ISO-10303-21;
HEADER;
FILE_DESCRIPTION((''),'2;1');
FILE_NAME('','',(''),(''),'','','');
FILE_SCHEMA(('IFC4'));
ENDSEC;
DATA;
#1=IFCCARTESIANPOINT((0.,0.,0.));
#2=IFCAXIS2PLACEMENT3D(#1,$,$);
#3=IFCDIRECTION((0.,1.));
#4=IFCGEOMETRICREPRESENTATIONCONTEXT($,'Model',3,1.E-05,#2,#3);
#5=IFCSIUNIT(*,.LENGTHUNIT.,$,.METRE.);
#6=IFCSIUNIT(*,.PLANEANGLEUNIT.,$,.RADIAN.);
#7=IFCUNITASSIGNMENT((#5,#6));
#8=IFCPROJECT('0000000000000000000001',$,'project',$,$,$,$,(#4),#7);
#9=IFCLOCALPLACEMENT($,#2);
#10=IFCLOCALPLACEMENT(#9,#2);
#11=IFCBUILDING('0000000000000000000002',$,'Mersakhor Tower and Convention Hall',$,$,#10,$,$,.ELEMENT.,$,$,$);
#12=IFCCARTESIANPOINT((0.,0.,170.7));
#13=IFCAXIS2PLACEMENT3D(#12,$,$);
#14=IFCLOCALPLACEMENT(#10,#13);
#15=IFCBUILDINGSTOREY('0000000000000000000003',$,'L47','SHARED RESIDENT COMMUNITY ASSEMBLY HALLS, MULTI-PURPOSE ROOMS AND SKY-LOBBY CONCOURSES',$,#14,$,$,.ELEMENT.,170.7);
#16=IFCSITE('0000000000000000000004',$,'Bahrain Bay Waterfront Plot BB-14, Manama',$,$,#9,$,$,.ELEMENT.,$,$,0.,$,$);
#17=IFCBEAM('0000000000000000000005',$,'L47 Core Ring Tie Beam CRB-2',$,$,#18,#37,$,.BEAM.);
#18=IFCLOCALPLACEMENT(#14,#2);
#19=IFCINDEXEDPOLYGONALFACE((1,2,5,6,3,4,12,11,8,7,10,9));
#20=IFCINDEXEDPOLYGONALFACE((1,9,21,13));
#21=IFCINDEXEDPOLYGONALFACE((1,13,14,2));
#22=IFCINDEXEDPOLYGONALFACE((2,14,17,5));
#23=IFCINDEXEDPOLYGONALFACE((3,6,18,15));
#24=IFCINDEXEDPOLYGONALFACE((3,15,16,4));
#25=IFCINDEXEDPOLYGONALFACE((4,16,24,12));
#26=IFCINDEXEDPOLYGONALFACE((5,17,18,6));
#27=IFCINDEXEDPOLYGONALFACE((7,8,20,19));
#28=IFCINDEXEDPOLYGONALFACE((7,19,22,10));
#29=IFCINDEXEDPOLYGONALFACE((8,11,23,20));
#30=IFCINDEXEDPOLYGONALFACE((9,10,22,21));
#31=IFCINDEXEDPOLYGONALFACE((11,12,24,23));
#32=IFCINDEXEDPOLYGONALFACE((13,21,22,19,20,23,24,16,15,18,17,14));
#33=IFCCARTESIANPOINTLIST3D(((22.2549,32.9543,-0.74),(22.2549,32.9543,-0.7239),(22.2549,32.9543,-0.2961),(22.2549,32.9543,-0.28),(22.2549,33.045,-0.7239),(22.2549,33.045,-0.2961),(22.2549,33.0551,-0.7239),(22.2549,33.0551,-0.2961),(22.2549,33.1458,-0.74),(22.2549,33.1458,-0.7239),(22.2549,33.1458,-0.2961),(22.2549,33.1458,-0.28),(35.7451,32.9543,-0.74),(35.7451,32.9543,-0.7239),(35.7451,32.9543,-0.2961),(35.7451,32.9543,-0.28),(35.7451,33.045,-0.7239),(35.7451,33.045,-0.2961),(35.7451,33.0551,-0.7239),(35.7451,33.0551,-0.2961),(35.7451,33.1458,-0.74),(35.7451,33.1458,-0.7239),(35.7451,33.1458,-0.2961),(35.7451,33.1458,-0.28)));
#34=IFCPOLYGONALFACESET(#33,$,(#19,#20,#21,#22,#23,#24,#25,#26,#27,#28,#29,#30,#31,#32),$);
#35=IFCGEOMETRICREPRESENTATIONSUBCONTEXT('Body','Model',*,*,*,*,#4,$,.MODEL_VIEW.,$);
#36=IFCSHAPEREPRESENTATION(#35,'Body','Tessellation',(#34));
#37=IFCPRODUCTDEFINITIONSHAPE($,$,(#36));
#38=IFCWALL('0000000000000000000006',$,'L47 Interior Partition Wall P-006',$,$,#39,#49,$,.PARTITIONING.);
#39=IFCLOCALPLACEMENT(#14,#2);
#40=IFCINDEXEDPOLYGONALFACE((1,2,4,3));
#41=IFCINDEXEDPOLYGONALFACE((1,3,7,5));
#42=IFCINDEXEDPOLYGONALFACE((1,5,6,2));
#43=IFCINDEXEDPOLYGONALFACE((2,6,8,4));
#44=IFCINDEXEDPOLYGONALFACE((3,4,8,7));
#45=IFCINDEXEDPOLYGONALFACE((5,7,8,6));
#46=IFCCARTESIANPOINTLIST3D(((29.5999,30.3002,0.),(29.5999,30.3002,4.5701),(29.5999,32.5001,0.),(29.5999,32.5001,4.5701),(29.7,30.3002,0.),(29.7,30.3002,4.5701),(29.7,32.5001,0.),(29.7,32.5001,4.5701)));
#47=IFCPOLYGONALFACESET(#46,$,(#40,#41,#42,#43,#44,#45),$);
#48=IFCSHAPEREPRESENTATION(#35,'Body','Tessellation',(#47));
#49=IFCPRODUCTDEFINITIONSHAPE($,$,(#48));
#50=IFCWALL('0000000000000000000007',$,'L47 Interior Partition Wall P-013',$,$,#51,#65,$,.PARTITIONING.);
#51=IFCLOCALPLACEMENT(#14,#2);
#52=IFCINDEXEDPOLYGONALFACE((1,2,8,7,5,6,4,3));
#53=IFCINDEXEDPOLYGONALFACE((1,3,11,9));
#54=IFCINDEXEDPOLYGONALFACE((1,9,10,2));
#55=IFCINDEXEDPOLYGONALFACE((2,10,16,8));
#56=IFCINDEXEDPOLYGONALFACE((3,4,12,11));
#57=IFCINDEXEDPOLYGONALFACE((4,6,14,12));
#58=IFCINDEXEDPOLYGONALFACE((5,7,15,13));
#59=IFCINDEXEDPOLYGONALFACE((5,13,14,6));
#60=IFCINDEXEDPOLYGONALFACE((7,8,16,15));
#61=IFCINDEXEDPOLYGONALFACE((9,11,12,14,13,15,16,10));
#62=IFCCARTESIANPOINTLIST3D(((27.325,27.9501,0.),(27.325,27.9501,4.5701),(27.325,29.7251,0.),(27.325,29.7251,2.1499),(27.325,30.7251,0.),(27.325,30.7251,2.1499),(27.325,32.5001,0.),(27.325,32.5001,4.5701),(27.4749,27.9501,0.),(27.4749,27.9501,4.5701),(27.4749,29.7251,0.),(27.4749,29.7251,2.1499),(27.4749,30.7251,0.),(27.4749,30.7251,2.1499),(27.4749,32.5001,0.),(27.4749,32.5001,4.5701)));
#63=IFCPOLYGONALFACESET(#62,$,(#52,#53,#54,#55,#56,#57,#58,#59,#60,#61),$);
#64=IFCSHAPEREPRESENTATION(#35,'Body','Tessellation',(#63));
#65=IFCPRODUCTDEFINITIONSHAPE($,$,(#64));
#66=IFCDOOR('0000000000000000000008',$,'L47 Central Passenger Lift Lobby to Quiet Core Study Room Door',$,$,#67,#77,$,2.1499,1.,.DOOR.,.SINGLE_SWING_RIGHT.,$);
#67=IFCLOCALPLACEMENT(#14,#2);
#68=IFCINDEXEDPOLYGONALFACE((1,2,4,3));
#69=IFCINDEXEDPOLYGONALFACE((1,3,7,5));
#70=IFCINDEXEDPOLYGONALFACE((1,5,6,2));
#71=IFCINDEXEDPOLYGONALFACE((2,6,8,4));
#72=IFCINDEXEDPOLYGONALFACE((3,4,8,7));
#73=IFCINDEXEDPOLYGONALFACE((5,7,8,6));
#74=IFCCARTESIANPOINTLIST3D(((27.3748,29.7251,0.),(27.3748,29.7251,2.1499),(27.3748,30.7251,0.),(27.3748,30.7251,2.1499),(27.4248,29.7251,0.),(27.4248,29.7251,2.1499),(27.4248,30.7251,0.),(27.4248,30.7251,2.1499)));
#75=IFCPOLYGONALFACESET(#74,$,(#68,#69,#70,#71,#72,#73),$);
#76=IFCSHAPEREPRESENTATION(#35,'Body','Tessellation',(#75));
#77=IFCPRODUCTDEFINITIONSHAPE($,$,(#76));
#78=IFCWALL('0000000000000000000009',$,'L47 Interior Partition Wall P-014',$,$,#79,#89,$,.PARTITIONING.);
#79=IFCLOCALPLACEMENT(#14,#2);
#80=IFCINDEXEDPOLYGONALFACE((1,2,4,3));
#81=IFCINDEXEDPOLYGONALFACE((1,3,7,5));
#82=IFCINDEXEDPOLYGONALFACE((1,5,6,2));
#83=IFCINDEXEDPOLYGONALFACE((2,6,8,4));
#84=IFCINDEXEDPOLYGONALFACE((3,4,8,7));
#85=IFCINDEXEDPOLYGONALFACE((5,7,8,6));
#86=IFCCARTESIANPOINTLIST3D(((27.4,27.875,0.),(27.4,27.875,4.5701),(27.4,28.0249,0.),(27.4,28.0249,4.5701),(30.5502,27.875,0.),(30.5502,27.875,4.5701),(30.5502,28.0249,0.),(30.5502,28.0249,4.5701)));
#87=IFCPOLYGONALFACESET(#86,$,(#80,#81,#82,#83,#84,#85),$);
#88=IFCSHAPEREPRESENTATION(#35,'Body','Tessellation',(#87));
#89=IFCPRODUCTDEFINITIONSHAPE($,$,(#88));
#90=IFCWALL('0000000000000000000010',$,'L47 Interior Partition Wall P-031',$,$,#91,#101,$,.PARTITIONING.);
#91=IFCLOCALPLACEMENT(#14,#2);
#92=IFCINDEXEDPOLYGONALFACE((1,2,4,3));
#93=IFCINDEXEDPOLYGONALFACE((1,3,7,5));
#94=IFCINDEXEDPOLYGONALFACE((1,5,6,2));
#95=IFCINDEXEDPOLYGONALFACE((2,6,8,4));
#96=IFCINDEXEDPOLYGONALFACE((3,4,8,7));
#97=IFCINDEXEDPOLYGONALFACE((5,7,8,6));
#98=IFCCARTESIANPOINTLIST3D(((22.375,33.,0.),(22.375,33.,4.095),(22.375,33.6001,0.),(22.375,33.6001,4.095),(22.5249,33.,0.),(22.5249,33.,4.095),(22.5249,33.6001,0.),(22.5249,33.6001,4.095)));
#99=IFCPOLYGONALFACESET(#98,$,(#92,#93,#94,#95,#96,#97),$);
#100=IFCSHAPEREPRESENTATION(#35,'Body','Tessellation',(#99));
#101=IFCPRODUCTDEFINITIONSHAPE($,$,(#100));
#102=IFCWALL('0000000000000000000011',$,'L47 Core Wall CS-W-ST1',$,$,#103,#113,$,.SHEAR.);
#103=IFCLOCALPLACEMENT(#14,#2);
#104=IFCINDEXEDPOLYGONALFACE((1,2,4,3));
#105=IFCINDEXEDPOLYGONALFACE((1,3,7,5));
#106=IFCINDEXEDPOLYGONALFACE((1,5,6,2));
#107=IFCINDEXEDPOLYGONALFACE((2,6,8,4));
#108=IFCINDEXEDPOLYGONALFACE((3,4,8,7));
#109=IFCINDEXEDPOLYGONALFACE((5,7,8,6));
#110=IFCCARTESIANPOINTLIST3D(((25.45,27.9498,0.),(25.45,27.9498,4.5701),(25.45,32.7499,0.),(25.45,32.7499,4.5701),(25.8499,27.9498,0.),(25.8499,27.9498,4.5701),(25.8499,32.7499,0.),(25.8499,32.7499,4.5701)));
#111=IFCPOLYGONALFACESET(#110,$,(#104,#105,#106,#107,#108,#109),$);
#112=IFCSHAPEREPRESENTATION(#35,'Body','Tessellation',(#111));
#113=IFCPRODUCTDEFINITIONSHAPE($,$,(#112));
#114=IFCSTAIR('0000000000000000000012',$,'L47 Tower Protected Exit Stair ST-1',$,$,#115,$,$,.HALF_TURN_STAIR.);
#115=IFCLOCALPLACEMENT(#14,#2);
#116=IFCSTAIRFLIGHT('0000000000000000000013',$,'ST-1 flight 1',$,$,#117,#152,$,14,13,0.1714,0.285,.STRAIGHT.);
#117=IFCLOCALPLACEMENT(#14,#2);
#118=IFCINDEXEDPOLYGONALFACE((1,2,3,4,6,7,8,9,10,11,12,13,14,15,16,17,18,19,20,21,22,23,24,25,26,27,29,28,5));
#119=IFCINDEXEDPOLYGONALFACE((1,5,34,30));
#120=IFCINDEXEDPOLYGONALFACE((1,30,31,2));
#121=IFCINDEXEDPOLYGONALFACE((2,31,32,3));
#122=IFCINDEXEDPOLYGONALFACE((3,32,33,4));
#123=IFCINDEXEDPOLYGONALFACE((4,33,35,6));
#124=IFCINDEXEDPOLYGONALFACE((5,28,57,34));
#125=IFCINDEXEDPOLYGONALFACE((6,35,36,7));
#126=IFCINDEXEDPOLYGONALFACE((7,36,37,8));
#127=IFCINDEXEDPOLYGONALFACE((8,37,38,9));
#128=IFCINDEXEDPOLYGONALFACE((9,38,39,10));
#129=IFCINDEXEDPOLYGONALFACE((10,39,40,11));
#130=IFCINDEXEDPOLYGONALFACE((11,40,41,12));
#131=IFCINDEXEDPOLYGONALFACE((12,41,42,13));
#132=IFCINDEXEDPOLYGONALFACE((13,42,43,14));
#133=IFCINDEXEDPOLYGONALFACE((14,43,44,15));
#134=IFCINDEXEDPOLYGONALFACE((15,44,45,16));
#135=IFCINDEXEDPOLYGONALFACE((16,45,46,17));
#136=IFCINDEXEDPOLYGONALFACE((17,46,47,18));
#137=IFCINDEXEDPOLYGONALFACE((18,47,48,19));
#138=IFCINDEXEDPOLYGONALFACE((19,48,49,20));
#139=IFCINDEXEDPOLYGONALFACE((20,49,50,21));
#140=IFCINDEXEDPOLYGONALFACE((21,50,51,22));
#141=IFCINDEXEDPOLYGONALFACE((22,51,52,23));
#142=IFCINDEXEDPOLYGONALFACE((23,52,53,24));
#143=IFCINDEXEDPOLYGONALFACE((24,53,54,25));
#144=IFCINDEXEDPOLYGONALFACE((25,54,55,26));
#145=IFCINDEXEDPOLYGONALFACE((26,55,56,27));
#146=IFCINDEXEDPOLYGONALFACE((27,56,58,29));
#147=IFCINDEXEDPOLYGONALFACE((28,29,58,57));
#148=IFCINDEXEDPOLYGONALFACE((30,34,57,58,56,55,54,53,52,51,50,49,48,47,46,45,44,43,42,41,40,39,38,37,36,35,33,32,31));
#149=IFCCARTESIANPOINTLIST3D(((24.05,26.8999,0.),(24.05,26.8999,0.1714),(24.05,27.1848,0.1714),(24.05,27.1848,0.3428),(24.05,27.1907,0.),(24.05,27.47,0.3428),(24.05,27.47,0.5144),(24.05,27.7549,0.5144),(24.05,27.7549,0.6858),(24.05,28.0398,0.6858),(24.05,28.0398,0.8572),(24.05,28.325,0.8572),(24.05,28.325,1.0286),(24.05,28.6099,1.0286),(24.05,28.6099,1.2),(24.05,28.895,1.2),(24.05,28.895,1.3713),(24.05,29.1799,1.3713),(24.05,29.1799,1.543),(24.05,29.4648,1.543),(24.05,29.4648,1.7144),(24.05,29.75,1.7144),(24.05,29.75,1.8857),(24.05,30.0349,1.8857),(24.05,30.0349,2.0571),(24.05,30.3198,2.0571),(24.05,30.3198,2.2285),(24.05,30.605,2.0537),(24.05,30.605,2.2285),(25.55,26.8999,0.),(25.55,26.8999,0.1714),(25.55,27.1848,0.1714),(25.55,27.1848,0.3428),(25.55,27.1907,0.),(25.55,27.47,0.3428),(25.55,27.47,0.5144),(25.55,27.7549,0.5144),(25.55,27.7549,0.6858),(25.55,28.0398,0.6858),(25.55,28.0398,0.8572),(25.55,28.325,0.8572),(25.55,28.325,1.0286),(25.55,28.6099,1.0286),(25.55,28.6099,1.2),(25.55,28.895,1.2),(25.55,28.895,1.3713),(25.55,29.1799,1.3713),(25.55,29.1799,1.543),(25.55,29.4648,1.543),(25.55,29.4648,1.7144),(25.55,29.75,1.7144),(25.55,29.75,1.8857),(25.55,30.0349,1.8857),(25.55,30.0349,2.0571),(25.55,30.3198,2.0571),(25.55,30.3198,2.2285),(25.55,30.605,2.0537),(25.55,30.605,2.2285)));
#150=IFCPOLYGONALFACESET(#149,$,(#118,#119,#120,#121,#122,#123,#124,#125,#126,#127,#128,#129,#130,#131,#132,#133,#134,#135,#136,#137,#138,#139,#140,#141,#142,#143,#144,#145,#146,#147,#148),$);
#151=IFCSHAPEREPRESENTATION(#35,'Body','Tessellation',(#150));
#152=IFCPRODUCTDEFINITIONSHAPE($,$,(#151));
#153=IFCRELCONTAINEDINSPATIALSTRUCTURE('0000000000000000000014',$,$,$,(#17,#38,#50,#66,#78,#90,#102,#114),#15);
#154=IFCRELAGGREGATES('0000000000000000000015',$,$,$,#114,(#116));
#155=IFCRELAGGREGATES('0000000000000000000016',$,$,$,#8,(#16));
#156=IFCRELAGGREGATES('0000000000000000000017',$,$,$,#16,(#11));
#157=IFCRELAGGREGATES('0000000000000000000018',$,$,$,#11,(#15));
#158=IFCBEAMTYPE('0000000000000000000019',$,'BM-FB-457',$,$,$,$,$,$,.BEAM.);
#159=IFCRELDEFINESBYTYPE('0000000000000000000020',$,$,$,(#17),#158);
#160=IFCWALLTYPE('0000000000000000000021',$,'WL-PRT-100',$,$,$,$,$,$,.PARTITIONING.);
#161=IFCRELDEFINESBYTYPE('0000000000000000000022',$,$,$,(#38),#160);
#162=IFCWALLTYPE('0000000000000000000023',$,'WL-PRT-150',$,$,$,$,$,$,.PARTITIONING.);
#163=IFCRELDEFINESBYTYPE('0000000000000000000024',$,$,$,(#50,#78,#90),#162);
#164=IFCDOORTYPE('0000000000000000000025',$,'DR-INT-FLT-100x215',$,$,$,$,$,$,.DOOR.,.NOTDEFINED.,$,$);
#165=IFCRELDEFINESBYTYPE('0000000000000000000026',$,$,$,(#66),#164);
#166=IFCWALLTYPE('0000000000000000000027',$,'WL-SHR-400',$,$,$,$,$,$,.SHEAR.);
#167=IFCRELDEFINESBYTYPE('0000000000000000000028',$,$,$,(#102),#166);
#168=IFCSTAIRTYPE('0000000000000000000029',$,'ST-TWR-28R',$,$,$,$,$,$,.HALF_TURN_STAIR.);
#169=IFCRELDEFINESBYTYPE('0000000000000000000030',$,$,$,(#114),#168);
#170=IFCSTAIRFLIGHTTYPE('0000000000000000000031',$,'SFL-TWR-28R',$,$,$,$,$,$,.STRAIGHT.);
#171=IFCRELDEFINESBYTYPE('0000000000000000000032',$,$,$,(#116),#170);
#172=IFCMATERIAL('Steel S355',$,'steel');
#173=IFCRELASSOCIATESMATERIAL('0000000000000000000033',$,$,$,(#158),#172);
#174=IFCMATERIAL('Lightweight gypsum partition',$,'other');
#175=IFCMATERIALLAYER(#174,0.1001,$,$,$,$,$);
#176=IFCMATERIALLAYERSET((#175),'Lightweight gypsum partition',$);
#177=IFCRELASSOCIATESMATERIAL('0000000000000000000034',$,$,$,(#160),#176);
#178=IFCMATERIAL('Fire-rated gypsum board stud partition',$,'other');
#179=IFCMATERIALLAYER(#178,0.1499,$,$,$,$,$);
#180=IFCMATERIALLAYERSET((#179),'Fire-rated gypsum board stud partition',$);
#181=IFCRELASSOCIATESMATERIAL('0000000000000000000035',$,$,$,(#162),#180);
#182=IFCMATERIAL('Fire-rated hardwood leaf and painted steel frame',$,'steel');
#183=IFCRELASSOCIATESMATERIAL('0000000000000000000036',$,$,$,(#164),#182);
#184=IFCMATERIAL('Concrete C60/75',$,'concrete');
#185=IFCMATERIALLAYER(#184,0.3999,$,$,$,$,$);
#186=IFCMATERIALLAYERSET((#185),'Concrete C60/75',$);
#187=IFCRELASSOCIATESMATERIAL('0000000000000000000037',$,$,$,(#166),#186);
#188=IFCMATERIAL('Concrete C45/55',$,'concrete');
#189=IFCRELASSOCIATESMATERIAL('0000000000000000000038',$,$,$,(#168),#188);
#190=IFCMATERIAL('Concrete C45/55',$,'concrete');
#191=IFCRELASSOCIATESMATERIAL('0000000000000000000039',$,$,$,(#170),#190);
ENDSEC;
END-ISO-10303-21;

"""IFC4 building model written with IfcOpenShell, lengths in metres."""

from ifc_helpers import new_model, si_unit, direction, frame, frame_2d, origin, origin_2d, place, context, subcontext, project, spatial, polyline, rectangle, i_section, outline, extrude, material, layer, layer_set, material_profile, profile_set, type_object, element, fill, aggregate, save


model = new_model("IFC4")

# Units and contexts
model_context = context("Model", 3, precision=1e-05, world=origin(), true_north=direction((0.0, 1.0)))
body_context = subcontext(model_context, "Body", "Model", "MODEL_VIEW")
ifc_project = project(units=[si_unit("LENGTHUNIT", "METRE"), si_unit("PLANEANGLEUNIT", "RADIAN")], contexts=[model_context])

# Site, building, storey
site_placement = place(None, origin())
site = spatial("IfcSite", under=ifc_project, at=site_placement, Name="Bahrain Bay Waterfront Plot BB-14, Manama", CompositionType="ELEMENT", RefElevation=0.0)
building_placement = place(site_placement, origin())
building = spatial("IfcBuilding", under=site, at=building_placement, Name="Mersakhor Tower and Convention Hall", CompositionType="ELEMENT")
storey_placement = place(building_placement, frame((0.0, 0.0, 170.7)))
storey = spatial("IfcBuildingStorey", under=building, at=storey_placement, Name="L47", Description="SHARED RESIDENT COMMUNITY ASSEMBLY HALLS, MULTI-PURPOSE ROOMS AND SKY-LOBBY CONCOURSES", CompositionType="ELEMENT", Elevation=170.7)

# Beam
ifc_material_1 = material(Name="Steel S355", Category="steel")
ifc_material_profile = material_profile(ifc_material_1, i_section(OverallWidth=0.1914, OverallDepth=0.46, WebThickness=0.01, FlangeThickness=0.0161, at=origin_2d()), Name="UB 457x191x82")
ifc_profile_set = profile_set([ifc_material_profile], Name="Steel S355")
beam_type = type_object("IfcBeamType", Name="BM-FB-457", PredefinedType="BEAM", material=ifc_profile_set)
beam_placement = place(storey_placement, frame((22.2549, 33.05, -0.51), z_axis=(1.0, 0.0, 0.0), x_axis=(0.0, 1.0, 0.0)))
element("IfcBeam", 1, at=beam_placement, inside=storey, type_object=beam_type, Name="L47 Core Ring Tie Beam CRB-2", PredefinedType="BEAM", context=body_context, shape_type="SweptSolid", body=[
    extrude(i_section(OverallWidth=0.1914, OverallDepth=0.46, WebThickness=0.01, FlangeThickness=0.0161, at=origin_2d()), origin(), (0.0, 0.0, 1.0), 13.4902),
])

# Wall
ifc_material_2 = material(Name="Lightweight gypsum partition", Category="other")
ifc_layer_1 = layer(ifc_material_2, 0.1001)
ifc_layer_set_1 = layer_set([ifc_layer_1], Name="Lightweight gypsum partition")
wall_type_1 = type_object("IfcWallType", Name="WL-PRT-100", PredefinedType="PARTITIONING", material=ifc_layer_set_1)
wall_1_placement = place(storey_placement, frame((29.6499, 30.3, 0.0), z_axis=(0.0, 0.0, 1.0), x_axis=(0.0, 1.0, 0.0)))
element("IfcWall", 2, at=wall_1_placement, inside=storey, type_object=wall_type_1, Name="L47 Interior Partition Wall P-006", PredefinedType="PARTITIONING", context=body_context, shape_type="SweptSolid", body=[
    extrude(rectangle(XDim=2.2, YDim=0.1001, at=frame_2d((1.1001, 0.0))), origin(), (0.0, 0.0, 1.0), 4.5701),
])

# Wall, opening, door
ifc_material_3 = material(Name="Fire-rated gypsum board stud partition", Category="other")
ifc_layer_2 = layer(ifc_material_3, 0.1499)
ifc_layer_set_2 = layer_set([ifc_layer_2], Name="Fire-rated gypsum board stud partition")
wall_type_2 = type_object("IfcWallType", Name="WL-PRT-150", PredefinedType="PARTITIONING", material=ifc_layer_set_2)
wall_2_placement = place(storey_placement, frame((27.3999, 32.5, 0.0), z_axis=(0.0, 0.0, 1.0), x_axis=(0.0, -1.0, 0.0)))
wall_2 = element("IfcWall", 3, at=wall_2_placement, inside=storey, type_object=wall_type_2, Name="L47 Interior Partition Wall P-013", PredefinedType="PARTITIONING", context=body_context, shape_type="SweptSolid", body=[
    extrude(rectangle(XDim=4.55, YDim=0.1499, at=frame_2d((2.2749, 0.0))), origin(), (0.0, 0.0, 1.0), 4.5701),
])
opening_1_placement = place(wall_2_placement, frame((1.7749, 0.0, 0.0)))
opening_1 = element("IfcOpeningElement", 4, at=opening_1_placement, cuts=wall_2, PredefinedType="OPENING", context=body_context, shape_type="SweptSolid", body=[
    extrude(rectangle(XDim=1.0, YDim=2.1499, at=frame_2d((0.5, 1.075))), frame((0.0, 0.085, 0.0), z_axis=(0.0, -1.0, 0.0), x_axis=(1.0, 0.0, 0.0)), (0.0, 0.0, 1.0), 0.1699),
])
ifc_material_4 = material(Name="Fire-rated hardwood leaf and painted steel frame", Category="steel")
door_type_1 = type_object("IfcDoorType", Name="DR-INT-FLT-100x215", OperationType="NOTDEFINED", PredefinedType="DOOR", material=ifc_material_4)
door_1_placement = place(opening_1_placement, origin())
door_1 = element("IfcDoor", 5, at=door_1_placement, inside=storey, type_object=door_type_1, Name="L47 Central Passenger Lift Lobby to Quiet Core Study Room Door", OperationType="SINGLE_SWING_RIGHT", OverallHeight=2.1499, OverallWidth=1.0, PredefinedType="DOOR", context=body_context, shape_type="SweptSolid", body=[
    extrude(rectangle(XDim=1.0, YDim=2.1499, at=frame_2d((0.5, 1.075))), frame((0.0, 0.0249, 0.0), z_axis=(0.0, -1.0, 0.0), x_axis=(1.0, 0.0, 0.0)), (0.0, 0.0, 1.0), 0.05),
])
fill(opening_1, door_1)

# Walls
wall_3_placement = place(storey_placement, frame((27.3999, 27.95, 0.0), z_axis=(0.0, 0.0, 1.0), x_axis=(1.0, 0.0, 0.0)))
element("IfcWall", 6, at=wall_3_placement, inside=storey, type_object=wall_type_2, Name="L47 Interior Partition Wall P-014", PredefinedType="PARTITIONING", context=body_context, shape_type="SweptSolid", body=[
    extrude(rectangle(XDim=3.1501, YDim=0.1499, at=frame_2d((1.5752, 0.0))), origin(), (0.0, 0.0, 1.0), 4.5701),
])
wall_4_placement = place(storey_placement, frame((22.45, 33.0, 0.0), z_axis=(0.0, 0.0, 1.0), x_axis=(0.0, 1.0, 0.0)))
element("IfcWall", 7, at=wall_4_placement, inside=storey, type_object=wall_type_2, Name="L47 Interior Partition Wall P-031", PredefinedType="PARTITIONING", context=body_context, shape_type="SweptSolid", body=[
    extrude(rectangle(XDim=0.6001, YDim=0.1499, at=frame_2d((0.3, 0.0))), origin(), (0.0, 0.0, 1.0), 4.095),
])

# Shared definitions
ifc_material_5 = material(Name="Concrete C60/75", Category="concrete")
ifc_layer_3 = layer(ifc_material_5, 0.3999)
ifc_layer_set_3 = layer_set([ifc_layer_3], Name="Concrete C60/75")
wall_type_3 = type_object("IfcWallType", Name="WL-SHR-400", PredefinedType="SHEAR", material=ifc_layer_set_3)

# Wall
wall_5_placement = place(storey_placement, frame((25.6499, 27.95, 0.0), z_axis=(0.0, 0.0, 1.0), x_axis=(0.0, 1.0, 0.0)))
element("IfcWall", 8, at=wall_5_placement, inside=storey, type_object=wall_type_3, Name="L47 Core Wall CS-W-ST1", PredefinedType="SHEAR", context=body_context, shape_type="SweptSolid", body=[
    extrude(rectangle(XDim=4.8, YDim=0.3999, at=frame_2d((2.3999, 0.0))), origin(), (0.0, 0.0, 1.0), 4.5701),
])

# Stair, stair flight
ifc_material_6 = material(Name="Concrete C45/55", Category="concrete")
stair_type = type_object("IfcStairType", Name="ST-TWR-28R", PredefinedType="HALF_TURN_STAIR", material=ifc_material_6)
stair_placement = place(storey_placement, origin())
stair = element("IfcStair", 9, at=stair_placement, inside=storey, type_object=stair_type, Name="L47 Tower Protected Exit Stair ST-1", PredefinedType="HALF_TURN_STAIR")
ifc_material_7 = material(Name="Concrete C45/55", Category="concrete")
stair_flight_type = type_object("IfcStairFlightType", Name="SFL-TWR-28R", PredefinedType="STRAIGHT", material=ifc_material_7)
stair_flight_1_placement = place(storey_placement, frame((24.8, 26.8999, 0.0), z_axis=(0.0, 0.0, 1.0), x_axis=(0.0, 1.0, 0.0)))
stair_flight_1 = element("IfcStairFlight", 10, at=stair_flight_1_placement, type_object=stair_flight_type, Name="ST-1 flight 1", NumberOfRisers=14, NumberOfTreads=13, PredefinedType="STRAIGHT", RiserHeight=0.1714, TreadLength=0.285, context=body_context, shape_type="SweptSolid", body=[
    extrude(outline(polyline([(0.0, 0.0), (0.0, 0.1714), (0.2849, 0.1714), (0.2849, 0.3428), (0.5701, 0.3428), (0.5701, 0.5144), (0.855, 0.5144), (0.855, 0.6858), (1.1399, 0.6858), (1.1399, 0.8572), (1.425, 0.8572), (1.425, 1.0286), (1.71, 1.0286), (1.71, 1.2), (1.9951, 1.2), (1.9951, 1.3713), (2.28, 1.3713), (2.28, 1.543), (2.5649, 1.543), (2.5649, 1.7144), (2.8501, 1.7144), (2.8501, 1.8857), (3.135, 1.8857), (3.135, 2.0571), (3.4199, 2.0571), (3.4199, 2.2285), (3.7051, 2.2285), (3.7051, 2.3999), (3.7051, 2.0537), (0.2908, 0.0), (0.0, 0.0)])), frame((0.0, 0.75, 0.0), z_axis=(0.0, -1.0, 0.0), x_axis=(1.0, 0.0, 0.0)), (0.0, 0.0, 1.0), 1.5),
])
aggregate(stair, [stair_flight_1])

save(model, "model.ifc")
